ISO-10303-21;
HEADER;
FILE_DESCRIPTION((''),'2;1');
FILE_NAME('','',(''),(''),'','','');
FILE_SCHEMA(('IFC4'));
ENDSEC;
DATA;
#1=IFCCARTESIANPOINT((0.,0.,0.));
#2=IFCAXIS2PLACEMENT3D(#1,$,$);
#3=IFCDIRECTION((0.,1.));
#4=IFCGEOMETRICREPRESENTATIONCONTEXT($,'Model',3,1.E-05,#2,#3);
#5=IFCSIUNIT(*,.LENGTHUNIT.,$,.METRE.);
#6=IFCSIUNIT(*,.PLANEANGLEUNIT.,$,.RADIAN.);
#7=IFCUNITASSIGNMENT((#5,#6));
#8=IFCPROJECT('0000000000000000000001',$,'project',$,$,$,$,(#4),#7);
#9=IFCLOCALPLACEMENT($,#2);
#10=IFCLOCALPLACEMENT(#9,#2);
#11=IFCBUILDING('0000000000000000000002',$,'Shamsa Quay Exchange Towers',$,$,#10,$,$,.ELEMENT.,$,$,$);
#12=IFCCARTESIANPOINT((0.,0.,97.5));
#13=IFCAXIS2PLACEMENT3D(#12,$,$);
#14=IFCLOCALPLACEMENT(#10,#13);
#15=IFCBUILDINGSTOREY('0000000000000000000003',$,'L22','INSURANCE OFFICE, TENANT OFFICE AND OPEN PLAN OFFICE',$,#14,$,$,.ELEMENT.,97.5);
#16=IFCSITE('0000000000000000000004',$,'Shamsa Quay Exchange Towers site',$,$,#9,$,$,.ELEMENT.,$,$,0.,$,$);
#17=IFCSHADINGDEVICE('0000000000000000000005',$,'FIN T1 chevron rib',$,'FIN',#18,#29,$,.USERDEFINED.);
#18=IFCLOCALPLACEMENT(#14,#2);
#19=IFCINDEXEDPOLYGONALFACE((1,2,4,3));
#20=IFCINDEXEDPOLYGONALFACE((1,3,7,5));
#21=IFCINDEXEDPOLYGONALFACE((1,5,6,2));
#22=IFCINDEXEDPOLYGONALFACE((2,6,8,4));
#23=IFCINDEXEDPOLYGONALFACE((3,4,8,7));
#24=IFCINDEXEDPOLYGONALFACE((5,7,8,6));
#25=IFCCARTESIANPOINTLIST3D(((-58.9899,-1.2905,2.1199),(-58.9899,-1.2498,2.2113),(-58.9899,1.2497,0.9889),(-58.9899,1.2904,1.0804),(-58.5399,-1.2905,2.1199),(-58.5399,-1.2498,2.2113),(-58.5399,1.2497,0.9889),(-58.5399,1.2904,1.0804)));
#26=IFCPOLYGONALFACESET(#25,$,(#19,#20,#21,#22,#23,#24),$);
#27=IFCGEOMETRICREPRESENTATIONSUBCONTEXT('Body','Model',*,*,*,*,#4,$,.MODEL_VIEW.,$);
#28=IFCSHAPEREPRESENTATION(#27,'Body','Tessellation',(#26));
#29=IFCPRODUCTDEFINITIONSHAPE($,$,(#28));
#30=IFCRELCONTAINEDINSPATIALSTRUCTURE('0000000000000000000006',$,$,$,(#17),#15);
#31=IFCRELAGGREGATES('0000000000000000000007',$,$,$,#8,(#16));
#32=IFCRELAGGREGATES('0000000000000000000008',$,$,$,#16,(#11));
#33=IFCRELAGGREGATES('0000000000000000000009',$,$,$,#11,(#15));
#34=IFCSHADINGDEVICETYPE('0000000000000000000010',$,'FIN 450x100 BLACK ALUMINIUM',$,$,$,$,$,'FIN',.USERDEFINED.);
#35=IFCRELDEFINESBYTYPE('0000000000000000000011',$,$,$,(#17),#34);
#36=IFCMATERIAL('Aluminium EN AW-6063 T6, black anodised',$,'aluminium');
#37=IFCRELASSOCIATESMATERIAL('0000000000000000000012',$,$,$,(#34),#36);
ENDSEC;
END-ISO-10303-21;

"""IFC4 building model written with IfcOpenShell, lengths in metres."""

from ifc_helpers import new_model, si_unit, direction, frame, origin, origin_2d, place, context, subcontext, project, spatial, rectangle, extrude, material, material_profile, profile_set, type_object, element, save


model = new_model("IFC4")

# Units and contexts
model_context = context("Model", 3, precision=1e-05, world=origin(), true_north=direction((0.0, 1.0)))
body_context = subcontext(model_context, "Body", "Model", "MODEL_VIEW")
ifc_project = project(units=[si_unit("LENGTHUNIT", "METRE"), si_unit("PLANEANGLEUNIT", "RADIAN")], contexts=[model_context])

# Site, building, storey
site_placement = place(None, origin())
site = spatial("IfcSite", under=ifc_project, at=site_placement, Name="Shamsa Quay Exchange Towers site", CompositionType="ELEMENT", RefElevation=0.0)
building_placement = place(site_placement, origin())
building = spatial("IfcBuilding", under=site, at=building_placement, Name="Shamsa Quay Exchange Towers", CompositionType="ELEMENT")
storey_placement = place(building_placement, frame((0.0, 0.0, 97.5)))
storey = spatial("IfcBuildingStorey", under=building, at=storey_placement, Name="L22", Description="INSURANCE OFFICE, TENANT OFFICE AND OPEN PLAN OFFICE", CompositionType="ELEMENT", Elevation=97.5)

# Shared definitions
ifc_material_1 = material(Name="Aluminium EN AW-6063 T6, black anodised", Category="aluminium")

# Shading device
ifc_material_profile_1 = material_profile(ifc_material_1, rectangle(XDim=0.45, YDim=0.1001, at=origin_2d()), Name="FIN450x100")
ifc_profile_set_1 = profile_set([ifc_material_profile_1], Name="Aluminium EN AW-6063 T6, black anodised")
shading_device_type = type_object("IfcShadingDeviceType", Name="FIN 450x100 BLACK ALUMINIUM", ElementType="FIN", PredefinedType="USERDEFINED", material=ifc_profile_set_1)
shading_device_1_placement = place(storey_placement, frame((-58.7649, 1.27, 1.0347), z_axis=(0.0, -0.913551, 0.406725), x_axis=(1.0, 0.0, 0.0)))
element("IfcShadingDevice", 1, at=shading_device_1_placement, inside=storey, type_object=shading_device_type, Name="FIN T1 chevron rib", ObjectType="FIN", PredefinedType="USERDEFINED", context=body_context, shape_type="SweptSolid", body=[
    extrude(rectangle(XDim=0.45, YDim=0.1001, at=origin_2d()), origin(), (0.0, 0.0, 1.0), 2.7805),
])

save(model, "model.ifc")
